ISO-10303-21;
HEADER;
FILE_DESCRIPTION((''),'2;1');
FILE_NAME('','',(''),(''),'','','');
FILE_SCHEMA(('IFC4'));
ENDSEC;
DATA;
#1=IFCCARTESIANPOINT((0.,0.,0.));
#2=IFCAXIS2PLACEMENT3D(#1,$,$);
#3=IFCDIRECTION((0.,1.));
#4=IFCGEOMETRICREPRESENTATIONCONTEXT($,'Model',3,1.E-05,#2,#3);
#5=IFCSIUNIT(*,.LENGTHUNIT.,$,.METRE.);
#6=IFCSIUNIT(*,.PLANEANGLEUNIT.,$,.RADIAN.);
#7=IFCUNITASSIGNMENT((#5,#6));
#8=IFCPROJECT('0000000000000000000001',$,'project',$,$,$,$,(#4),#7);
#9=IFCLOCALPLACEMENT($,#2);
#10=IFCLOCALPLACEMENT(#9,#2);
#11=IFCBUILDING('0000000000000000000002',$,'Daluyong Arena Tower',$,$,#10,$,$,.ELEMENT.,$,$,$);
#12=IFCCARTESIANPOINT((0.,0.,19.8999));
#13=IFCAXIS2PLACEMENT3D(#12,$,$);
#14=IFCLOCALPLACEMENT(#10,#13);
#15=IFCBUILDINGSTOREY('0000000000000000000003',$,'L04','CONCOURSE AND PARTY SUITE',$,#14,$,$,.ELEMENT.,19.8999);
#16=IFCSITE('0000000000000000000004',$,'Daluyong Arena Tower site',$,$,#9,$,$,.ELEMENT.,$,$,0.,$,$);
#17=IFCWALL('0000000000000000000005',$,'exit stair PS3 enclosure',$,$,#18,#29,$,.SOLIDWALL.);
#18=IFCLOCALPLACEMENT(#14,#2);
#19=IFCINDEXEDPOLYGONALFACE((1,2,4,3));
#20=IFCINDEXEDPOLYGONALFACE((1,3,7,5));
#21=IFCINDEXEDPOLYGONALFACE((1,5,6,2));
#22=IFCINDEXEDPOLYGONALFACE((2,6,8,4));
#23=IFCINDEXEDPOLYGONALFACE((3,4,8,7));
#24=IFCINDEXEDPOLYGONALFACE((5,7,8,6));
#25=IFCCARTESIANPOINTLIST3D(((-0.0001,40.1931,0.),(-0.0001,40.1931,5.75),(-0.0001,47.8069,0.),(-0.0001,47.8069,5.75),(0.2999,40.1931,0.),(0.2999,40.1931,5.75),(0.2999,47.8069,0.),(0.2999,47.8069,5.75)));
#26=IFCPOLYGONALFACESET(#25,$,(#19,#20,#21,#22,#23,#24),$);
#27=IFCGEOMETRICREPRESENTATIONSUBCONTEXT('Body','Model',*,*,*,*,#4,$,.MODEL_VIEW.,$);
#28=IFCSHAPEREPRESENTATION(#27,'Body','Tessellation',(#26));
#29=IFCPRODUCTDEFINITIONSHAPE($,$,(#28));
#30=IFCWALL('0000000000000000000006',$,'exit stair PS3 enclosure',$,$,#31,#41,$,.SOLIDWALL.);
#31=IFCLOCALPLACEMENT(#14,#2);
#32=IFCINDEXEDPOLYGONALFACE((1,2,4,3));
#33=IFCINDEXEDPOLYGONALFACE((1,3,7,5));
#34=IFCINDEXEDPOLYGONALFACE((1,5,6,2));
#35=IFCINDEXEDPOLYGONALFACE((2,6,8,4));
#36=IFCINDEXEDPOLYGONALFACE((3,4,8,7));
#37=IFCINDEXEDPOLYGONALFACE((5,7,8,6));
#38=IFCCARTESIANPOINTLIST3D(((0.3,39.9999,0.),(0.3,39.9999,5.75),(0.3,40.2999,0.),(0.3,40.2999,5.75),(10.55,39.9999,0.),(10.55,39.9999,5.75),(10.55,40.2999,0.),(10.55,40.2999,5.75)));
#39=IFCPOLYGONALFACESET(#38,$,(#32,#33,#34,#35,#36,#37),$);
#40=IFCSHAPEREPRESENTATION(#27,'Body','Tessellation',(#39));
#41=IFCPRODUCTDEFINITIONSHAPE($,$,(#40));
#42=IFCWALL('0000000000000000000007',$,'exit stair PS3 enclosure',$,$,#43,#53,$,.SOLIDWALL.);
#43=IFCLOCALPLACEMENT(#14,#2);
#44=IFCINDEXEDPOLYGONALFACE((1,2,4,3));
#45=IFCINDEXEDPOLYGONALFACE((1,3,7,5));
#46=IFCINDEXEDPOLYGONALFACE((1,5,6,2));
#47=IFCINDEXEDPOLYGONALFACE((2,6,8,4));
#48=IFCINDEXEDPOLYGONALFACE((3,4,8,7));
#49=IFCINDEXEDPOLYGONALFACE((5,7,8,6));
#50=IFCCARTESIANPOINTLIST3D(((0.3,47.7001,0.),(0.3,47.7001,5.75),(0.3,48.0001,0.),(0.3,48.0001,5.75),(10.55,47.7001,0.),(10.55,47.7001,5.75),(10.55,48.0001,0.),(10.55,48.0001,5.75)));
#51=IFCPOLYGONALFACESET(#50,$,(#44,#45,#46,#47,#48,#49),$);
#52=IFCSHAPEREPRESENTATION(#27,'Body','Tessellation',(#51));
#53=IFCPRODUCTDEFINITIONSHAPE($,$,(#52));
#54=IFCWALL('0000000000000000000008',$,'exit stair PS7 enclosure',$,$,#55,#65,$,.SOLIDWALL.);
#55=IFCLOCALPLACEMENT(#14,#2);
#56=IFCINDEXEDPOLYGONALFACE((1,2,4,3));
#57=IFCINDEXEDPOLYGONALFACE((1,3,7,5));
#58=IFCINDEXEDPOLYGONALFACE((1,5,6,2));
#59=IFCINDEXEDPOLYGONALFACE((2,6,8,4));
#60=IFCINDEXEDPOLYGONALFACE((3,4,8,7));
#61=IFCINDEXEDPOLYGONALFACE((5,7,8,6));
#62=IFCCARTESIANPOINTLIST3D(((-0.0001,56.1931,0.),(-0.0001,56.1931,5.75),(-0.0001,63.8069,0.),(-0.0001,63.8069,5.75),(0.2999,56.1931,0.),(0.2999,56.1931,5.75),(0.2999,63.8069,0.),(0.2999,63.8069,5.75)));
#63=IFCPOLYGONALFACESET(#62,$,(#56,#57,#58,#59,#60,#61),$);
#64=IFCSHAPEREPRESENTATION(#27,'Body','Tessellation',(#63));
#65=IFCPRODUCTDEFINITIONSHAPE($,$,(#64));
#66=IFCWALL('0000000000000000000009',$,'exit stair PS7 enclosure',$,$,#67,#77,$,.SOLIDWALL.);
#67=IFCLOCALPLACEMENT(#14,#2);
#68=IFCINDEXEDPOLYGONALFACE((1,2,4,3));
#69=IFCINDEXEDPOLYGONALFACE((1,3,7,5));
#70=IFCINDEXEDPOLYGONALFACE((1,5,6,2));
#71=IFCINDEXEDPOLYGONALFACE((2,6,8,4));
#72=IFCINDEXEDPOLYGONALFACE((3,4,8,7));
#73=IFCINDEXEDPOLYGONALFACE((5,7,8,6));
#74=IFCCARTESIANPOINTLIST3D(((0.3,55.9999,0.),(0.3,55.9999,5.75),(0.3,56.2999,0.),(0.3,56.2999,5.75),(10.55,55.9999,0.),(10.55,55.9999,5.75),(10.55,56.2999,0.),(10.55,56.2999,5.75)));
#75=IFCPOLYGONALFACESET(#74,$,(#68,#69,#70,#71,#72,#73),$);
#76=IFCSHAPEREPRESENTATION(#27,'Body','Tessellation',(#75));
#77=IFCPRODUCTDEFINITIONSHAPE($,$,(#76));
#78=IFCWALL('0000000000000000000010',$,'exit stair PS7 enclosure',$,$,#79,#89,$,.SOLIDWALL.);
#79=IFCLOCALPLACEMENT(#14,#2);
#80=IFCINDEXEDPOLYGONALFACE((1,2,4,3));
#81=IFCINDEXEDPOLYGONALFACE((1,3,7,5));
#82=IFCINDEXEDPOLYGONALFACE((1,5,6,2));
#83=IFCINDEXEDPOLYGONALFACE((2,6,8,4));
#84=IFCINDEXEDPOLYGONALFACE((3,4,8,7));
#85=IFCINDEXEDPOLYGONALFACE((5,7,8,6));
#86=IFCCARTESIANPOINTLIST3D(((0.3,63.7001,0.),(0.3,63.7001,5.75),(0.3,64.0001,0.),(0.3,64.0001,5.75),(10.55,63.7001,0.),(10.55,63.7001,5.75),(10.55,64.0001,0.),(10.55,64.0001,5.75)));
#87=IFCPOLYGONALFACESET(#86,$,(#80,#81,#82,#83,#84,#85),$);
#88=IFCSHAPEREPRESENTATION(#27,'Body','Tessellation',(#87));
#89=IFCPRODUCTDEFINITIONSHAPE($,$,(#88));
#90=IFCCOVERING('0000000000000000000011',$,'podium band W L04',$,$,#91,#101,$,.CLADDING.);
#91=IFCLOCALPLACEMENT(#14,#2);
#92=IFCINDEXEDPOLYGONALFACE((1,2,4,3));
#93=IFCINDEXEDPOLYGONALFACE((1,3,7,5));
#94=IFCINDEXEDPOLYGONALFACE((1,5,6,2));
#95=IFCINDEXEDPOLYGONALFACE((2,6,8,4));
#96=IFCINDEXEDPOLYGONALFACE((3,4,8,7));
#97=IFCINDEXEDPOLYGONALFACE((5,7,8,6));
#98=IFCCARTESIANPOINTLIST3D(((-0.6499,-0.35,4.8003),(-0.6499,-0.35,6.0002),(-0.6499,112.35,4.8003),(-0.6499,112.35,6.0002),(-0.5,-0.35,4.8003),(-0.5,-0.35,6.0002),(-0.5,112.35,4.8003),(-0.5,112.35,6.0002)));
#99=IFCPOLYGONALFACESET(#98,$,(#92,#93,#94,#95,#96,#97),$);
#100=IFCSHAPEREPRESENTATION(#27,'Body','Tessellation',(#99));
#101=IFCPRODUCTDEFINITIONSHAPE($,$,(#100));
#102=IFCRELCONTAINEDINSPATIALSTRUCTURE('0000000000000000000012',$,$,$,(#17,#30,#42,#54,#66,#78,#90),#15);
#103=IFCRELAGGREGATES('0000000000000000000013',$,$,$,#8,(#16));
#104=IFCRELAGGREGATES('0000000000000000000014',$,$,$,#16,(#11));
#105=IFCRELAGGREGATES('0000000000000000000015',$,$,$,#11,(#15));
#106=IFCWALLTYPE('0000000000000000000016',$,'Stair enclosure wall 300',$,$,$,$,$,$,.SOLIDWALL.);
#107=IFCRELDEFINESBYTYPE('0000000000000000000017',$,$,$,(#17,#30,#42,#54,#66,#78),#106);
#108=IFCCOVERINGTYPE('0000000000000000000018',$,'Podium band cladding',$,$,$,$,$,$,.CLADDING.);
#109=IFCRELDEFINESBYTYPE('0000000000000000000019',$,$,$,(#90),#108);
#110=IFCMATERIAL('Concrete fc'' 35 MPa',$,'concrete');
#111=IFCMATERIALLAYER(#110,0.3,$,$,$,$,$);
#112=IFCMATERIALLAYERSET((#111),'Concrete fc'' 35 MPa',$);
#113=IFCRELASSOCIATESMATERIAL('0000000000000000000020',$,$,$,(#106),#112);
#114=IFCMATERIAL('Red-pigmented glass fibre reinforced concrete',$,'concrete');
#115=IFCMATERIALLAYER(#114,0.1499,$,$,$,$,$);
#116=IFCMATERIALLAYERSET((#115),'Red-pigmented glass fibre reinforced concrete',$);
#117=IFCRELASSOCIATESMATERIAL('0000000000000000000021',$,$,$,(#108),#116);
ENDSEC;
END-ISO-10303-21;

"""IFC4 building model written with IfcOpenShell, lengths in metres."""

from ifc_helpers import new_model, si_unit, direction, frame, frame_2d, origin, origin_2d, place, context, subcontext, project, spatial, rectangle, extrude, material, layer, layer_set, type_object, element, save


model = new_model("IFC4")

# Units and contexts
model_context = context("Model", 3, precision=1e-05, world=origin(), true_north=direction((0.0, 1.0)))
body_context = subcontext(model_context, "Body", "Model", "MODEL_VIEW")
ifc_project = project(units=[si_unit("LENGTHUNIT", "METRE"), si_unit("PLANEANGLEUNIT", "RADIAN")], contexts=[model_context])

# Site, building, storey
site_placement = place(None, origin())
site = spatial("IfcSite", under=ifc_project, at=site_placement, Name="Daluyong Arena Tower site", CompositionType="ELEMENT", RefElevation=0.0)
building_placement = place(site_placement, origin())
building = spatial("IfcBuilding", under=site, at=building_placement, Name="Daluyong Arena Tower", CompositionType="ELEMENT")
storey_placement = place(building_placement, frame((0.0, 0.0, 19.8999)))
storey = spatial("IfcBuildingStorey", under=building, at=storey_placement, Name="L04", Description="CONCOURSE AND PARTY SUITE", CompositionType="ELEMENT", Elevation=19.8999)

# Walls
ifc_material_1 = material(Name="Concrete fc' 35 MPa", Category="concrete")
ifc_layer_1 = layer(ifc_material_1, 0.3)
ifc_layer_set_1 = layer_set([ifc_layer_1], Name="Concrete fc' 35 MPa")
wall_type_1 = type_object("IfcWallType", Name="Stair enclosure wall 300", PredefinedType="SOLIDWALL", material=ifc_layer_set_1)
wall_1_placement = place(storey_placement, frame((0.1499, 40.1931, 0.0), z_axis=(0.0, 0.0, 1.0), x_axis=(0.0, 1.0, 0.0)))
element("IfcWall", 1, at=wall_1_placement, inside=storey, type_object=wall_type_1, Name="exit stair PS3 enclosure", PredefinedType="SOLIDWALL", context=body_context, shape_type="SweptSolid", body=[
    extrude(rectangle(XDim=7.6138, YDim=0.3, at=frame_2d((3.8069, 0.0))), origin(), (0.0, 0.0, 1.0), 5.75),
])
for number, where, z_axis, x_axis, name in (
    (2, (0.3, 40.1499, 0.0), (0.0, 0.0, 1.0), (1.0, 0.0, 0.0), "exit stair PS3 enclosure"),
    (3, (0.3, 47.8501, 0.0), (0.0, 0.0, 1.0), (1.0, 0.0, 0.0), "exit stair PS3 enclosure"),
):
    element("IfcWall", number, at=place(storey_placement, frame(where, z_axis=z_axis, x_axis=x_axis)), inside=storey, type_object=wall_type_1, Name=name, PredefinedType="SOLIDWALL", context=body_context, shape_type="SweptSolid", body=[
        extrude(rectangle(XDim=10.25, YDim=0.3, at=frame_2d((5.125, 0.0))), origin(), (0.0, 0.0, 1.0), 5.75),
    ])
wall_2_placement = place(storey_placement, frame((0.1499, 56.1931, 0.0), z_axis=(0.0, 0.0, 1.0), x_axis=(0.0, 1.0, 0.0)))
element("IfcWall", 4, at=wall_2_placement, inside=storey, type_object=wall_type_1, Name="exit stair PS7 enclosure", PredefinedType="SOLIDWALL", context=body_context, shape_type="SweptSolid", body=[
    extrude(rectangle(XDim=7.6138, YDim=0.3, at=frame_2d((3.8069, 0.0))), origin(), (0.0, 0.0, 1.0), 5.75),
])
for number, where, z_axis, x_axis, name in (
    (5, (0.3, 56.1499, 0.0), (0.0, 0.0, 1.0), (1.0, 0.0, 0.0), "exit stair PS7 enclosure"),
    (6, (0.3, 63.8501, 0.0), (0.0, 0.0, 1.0), (1.0, 0.0, 0.0), "exit stair PS7 enclosure"),
):
    element("IfcWall", number, at=place(storey_placement, frame(where, z_axis=z_axis, x_axis=x_axis)), inside=storey, type_object=wall_type_1, Name=name, PredefinedType="SOLIDWALL", context=body_context, shape_type="SweptSolid", body=[
        extrude(rectangle(XDim=10.25, YDim=0.3, at=frame_2d((5.125, 0.0))), origin(), (0.0, 0.0, 1.0), 5.75),
    ])

# Covering
ifc_material_2 = material(Name="Red-pigmented glass fibre reinforced concrete", Category="concrete")
ifc_layer_2 = layer(ifc_material_2, 0.1499)
ifc_layer_set_2 = layer_set([ifc_layer_2], Name="Red-pigmented glass fibre reinforced concrete")
covering_type = type_object("IfcCoveringType", Name="Podium band cladding", PredefinedType="CLADDING", material=ifc_layer_set_2)
covering_placement = place(storey_placement, frame((-0.575, 56.0, 4.8003), z_axis=(0.0, 0.0, 1.0), x_axis=(0.0, -1.0, 0.0)))
element("IfcCovering", 7, at=covering_placement, inside=storey, type_object=covering_type, Name="podium band W L04", PredefinedType="CLADDING", context=body_context, shape_type="SweptSolid", body=[
    extrude(rectangle(XDim=112.7, YDim=0.1499, at=origin_2d()), origin(), (0.0, 0.0, 1.0), 1.2),
])

save(model, "model.ifc")
